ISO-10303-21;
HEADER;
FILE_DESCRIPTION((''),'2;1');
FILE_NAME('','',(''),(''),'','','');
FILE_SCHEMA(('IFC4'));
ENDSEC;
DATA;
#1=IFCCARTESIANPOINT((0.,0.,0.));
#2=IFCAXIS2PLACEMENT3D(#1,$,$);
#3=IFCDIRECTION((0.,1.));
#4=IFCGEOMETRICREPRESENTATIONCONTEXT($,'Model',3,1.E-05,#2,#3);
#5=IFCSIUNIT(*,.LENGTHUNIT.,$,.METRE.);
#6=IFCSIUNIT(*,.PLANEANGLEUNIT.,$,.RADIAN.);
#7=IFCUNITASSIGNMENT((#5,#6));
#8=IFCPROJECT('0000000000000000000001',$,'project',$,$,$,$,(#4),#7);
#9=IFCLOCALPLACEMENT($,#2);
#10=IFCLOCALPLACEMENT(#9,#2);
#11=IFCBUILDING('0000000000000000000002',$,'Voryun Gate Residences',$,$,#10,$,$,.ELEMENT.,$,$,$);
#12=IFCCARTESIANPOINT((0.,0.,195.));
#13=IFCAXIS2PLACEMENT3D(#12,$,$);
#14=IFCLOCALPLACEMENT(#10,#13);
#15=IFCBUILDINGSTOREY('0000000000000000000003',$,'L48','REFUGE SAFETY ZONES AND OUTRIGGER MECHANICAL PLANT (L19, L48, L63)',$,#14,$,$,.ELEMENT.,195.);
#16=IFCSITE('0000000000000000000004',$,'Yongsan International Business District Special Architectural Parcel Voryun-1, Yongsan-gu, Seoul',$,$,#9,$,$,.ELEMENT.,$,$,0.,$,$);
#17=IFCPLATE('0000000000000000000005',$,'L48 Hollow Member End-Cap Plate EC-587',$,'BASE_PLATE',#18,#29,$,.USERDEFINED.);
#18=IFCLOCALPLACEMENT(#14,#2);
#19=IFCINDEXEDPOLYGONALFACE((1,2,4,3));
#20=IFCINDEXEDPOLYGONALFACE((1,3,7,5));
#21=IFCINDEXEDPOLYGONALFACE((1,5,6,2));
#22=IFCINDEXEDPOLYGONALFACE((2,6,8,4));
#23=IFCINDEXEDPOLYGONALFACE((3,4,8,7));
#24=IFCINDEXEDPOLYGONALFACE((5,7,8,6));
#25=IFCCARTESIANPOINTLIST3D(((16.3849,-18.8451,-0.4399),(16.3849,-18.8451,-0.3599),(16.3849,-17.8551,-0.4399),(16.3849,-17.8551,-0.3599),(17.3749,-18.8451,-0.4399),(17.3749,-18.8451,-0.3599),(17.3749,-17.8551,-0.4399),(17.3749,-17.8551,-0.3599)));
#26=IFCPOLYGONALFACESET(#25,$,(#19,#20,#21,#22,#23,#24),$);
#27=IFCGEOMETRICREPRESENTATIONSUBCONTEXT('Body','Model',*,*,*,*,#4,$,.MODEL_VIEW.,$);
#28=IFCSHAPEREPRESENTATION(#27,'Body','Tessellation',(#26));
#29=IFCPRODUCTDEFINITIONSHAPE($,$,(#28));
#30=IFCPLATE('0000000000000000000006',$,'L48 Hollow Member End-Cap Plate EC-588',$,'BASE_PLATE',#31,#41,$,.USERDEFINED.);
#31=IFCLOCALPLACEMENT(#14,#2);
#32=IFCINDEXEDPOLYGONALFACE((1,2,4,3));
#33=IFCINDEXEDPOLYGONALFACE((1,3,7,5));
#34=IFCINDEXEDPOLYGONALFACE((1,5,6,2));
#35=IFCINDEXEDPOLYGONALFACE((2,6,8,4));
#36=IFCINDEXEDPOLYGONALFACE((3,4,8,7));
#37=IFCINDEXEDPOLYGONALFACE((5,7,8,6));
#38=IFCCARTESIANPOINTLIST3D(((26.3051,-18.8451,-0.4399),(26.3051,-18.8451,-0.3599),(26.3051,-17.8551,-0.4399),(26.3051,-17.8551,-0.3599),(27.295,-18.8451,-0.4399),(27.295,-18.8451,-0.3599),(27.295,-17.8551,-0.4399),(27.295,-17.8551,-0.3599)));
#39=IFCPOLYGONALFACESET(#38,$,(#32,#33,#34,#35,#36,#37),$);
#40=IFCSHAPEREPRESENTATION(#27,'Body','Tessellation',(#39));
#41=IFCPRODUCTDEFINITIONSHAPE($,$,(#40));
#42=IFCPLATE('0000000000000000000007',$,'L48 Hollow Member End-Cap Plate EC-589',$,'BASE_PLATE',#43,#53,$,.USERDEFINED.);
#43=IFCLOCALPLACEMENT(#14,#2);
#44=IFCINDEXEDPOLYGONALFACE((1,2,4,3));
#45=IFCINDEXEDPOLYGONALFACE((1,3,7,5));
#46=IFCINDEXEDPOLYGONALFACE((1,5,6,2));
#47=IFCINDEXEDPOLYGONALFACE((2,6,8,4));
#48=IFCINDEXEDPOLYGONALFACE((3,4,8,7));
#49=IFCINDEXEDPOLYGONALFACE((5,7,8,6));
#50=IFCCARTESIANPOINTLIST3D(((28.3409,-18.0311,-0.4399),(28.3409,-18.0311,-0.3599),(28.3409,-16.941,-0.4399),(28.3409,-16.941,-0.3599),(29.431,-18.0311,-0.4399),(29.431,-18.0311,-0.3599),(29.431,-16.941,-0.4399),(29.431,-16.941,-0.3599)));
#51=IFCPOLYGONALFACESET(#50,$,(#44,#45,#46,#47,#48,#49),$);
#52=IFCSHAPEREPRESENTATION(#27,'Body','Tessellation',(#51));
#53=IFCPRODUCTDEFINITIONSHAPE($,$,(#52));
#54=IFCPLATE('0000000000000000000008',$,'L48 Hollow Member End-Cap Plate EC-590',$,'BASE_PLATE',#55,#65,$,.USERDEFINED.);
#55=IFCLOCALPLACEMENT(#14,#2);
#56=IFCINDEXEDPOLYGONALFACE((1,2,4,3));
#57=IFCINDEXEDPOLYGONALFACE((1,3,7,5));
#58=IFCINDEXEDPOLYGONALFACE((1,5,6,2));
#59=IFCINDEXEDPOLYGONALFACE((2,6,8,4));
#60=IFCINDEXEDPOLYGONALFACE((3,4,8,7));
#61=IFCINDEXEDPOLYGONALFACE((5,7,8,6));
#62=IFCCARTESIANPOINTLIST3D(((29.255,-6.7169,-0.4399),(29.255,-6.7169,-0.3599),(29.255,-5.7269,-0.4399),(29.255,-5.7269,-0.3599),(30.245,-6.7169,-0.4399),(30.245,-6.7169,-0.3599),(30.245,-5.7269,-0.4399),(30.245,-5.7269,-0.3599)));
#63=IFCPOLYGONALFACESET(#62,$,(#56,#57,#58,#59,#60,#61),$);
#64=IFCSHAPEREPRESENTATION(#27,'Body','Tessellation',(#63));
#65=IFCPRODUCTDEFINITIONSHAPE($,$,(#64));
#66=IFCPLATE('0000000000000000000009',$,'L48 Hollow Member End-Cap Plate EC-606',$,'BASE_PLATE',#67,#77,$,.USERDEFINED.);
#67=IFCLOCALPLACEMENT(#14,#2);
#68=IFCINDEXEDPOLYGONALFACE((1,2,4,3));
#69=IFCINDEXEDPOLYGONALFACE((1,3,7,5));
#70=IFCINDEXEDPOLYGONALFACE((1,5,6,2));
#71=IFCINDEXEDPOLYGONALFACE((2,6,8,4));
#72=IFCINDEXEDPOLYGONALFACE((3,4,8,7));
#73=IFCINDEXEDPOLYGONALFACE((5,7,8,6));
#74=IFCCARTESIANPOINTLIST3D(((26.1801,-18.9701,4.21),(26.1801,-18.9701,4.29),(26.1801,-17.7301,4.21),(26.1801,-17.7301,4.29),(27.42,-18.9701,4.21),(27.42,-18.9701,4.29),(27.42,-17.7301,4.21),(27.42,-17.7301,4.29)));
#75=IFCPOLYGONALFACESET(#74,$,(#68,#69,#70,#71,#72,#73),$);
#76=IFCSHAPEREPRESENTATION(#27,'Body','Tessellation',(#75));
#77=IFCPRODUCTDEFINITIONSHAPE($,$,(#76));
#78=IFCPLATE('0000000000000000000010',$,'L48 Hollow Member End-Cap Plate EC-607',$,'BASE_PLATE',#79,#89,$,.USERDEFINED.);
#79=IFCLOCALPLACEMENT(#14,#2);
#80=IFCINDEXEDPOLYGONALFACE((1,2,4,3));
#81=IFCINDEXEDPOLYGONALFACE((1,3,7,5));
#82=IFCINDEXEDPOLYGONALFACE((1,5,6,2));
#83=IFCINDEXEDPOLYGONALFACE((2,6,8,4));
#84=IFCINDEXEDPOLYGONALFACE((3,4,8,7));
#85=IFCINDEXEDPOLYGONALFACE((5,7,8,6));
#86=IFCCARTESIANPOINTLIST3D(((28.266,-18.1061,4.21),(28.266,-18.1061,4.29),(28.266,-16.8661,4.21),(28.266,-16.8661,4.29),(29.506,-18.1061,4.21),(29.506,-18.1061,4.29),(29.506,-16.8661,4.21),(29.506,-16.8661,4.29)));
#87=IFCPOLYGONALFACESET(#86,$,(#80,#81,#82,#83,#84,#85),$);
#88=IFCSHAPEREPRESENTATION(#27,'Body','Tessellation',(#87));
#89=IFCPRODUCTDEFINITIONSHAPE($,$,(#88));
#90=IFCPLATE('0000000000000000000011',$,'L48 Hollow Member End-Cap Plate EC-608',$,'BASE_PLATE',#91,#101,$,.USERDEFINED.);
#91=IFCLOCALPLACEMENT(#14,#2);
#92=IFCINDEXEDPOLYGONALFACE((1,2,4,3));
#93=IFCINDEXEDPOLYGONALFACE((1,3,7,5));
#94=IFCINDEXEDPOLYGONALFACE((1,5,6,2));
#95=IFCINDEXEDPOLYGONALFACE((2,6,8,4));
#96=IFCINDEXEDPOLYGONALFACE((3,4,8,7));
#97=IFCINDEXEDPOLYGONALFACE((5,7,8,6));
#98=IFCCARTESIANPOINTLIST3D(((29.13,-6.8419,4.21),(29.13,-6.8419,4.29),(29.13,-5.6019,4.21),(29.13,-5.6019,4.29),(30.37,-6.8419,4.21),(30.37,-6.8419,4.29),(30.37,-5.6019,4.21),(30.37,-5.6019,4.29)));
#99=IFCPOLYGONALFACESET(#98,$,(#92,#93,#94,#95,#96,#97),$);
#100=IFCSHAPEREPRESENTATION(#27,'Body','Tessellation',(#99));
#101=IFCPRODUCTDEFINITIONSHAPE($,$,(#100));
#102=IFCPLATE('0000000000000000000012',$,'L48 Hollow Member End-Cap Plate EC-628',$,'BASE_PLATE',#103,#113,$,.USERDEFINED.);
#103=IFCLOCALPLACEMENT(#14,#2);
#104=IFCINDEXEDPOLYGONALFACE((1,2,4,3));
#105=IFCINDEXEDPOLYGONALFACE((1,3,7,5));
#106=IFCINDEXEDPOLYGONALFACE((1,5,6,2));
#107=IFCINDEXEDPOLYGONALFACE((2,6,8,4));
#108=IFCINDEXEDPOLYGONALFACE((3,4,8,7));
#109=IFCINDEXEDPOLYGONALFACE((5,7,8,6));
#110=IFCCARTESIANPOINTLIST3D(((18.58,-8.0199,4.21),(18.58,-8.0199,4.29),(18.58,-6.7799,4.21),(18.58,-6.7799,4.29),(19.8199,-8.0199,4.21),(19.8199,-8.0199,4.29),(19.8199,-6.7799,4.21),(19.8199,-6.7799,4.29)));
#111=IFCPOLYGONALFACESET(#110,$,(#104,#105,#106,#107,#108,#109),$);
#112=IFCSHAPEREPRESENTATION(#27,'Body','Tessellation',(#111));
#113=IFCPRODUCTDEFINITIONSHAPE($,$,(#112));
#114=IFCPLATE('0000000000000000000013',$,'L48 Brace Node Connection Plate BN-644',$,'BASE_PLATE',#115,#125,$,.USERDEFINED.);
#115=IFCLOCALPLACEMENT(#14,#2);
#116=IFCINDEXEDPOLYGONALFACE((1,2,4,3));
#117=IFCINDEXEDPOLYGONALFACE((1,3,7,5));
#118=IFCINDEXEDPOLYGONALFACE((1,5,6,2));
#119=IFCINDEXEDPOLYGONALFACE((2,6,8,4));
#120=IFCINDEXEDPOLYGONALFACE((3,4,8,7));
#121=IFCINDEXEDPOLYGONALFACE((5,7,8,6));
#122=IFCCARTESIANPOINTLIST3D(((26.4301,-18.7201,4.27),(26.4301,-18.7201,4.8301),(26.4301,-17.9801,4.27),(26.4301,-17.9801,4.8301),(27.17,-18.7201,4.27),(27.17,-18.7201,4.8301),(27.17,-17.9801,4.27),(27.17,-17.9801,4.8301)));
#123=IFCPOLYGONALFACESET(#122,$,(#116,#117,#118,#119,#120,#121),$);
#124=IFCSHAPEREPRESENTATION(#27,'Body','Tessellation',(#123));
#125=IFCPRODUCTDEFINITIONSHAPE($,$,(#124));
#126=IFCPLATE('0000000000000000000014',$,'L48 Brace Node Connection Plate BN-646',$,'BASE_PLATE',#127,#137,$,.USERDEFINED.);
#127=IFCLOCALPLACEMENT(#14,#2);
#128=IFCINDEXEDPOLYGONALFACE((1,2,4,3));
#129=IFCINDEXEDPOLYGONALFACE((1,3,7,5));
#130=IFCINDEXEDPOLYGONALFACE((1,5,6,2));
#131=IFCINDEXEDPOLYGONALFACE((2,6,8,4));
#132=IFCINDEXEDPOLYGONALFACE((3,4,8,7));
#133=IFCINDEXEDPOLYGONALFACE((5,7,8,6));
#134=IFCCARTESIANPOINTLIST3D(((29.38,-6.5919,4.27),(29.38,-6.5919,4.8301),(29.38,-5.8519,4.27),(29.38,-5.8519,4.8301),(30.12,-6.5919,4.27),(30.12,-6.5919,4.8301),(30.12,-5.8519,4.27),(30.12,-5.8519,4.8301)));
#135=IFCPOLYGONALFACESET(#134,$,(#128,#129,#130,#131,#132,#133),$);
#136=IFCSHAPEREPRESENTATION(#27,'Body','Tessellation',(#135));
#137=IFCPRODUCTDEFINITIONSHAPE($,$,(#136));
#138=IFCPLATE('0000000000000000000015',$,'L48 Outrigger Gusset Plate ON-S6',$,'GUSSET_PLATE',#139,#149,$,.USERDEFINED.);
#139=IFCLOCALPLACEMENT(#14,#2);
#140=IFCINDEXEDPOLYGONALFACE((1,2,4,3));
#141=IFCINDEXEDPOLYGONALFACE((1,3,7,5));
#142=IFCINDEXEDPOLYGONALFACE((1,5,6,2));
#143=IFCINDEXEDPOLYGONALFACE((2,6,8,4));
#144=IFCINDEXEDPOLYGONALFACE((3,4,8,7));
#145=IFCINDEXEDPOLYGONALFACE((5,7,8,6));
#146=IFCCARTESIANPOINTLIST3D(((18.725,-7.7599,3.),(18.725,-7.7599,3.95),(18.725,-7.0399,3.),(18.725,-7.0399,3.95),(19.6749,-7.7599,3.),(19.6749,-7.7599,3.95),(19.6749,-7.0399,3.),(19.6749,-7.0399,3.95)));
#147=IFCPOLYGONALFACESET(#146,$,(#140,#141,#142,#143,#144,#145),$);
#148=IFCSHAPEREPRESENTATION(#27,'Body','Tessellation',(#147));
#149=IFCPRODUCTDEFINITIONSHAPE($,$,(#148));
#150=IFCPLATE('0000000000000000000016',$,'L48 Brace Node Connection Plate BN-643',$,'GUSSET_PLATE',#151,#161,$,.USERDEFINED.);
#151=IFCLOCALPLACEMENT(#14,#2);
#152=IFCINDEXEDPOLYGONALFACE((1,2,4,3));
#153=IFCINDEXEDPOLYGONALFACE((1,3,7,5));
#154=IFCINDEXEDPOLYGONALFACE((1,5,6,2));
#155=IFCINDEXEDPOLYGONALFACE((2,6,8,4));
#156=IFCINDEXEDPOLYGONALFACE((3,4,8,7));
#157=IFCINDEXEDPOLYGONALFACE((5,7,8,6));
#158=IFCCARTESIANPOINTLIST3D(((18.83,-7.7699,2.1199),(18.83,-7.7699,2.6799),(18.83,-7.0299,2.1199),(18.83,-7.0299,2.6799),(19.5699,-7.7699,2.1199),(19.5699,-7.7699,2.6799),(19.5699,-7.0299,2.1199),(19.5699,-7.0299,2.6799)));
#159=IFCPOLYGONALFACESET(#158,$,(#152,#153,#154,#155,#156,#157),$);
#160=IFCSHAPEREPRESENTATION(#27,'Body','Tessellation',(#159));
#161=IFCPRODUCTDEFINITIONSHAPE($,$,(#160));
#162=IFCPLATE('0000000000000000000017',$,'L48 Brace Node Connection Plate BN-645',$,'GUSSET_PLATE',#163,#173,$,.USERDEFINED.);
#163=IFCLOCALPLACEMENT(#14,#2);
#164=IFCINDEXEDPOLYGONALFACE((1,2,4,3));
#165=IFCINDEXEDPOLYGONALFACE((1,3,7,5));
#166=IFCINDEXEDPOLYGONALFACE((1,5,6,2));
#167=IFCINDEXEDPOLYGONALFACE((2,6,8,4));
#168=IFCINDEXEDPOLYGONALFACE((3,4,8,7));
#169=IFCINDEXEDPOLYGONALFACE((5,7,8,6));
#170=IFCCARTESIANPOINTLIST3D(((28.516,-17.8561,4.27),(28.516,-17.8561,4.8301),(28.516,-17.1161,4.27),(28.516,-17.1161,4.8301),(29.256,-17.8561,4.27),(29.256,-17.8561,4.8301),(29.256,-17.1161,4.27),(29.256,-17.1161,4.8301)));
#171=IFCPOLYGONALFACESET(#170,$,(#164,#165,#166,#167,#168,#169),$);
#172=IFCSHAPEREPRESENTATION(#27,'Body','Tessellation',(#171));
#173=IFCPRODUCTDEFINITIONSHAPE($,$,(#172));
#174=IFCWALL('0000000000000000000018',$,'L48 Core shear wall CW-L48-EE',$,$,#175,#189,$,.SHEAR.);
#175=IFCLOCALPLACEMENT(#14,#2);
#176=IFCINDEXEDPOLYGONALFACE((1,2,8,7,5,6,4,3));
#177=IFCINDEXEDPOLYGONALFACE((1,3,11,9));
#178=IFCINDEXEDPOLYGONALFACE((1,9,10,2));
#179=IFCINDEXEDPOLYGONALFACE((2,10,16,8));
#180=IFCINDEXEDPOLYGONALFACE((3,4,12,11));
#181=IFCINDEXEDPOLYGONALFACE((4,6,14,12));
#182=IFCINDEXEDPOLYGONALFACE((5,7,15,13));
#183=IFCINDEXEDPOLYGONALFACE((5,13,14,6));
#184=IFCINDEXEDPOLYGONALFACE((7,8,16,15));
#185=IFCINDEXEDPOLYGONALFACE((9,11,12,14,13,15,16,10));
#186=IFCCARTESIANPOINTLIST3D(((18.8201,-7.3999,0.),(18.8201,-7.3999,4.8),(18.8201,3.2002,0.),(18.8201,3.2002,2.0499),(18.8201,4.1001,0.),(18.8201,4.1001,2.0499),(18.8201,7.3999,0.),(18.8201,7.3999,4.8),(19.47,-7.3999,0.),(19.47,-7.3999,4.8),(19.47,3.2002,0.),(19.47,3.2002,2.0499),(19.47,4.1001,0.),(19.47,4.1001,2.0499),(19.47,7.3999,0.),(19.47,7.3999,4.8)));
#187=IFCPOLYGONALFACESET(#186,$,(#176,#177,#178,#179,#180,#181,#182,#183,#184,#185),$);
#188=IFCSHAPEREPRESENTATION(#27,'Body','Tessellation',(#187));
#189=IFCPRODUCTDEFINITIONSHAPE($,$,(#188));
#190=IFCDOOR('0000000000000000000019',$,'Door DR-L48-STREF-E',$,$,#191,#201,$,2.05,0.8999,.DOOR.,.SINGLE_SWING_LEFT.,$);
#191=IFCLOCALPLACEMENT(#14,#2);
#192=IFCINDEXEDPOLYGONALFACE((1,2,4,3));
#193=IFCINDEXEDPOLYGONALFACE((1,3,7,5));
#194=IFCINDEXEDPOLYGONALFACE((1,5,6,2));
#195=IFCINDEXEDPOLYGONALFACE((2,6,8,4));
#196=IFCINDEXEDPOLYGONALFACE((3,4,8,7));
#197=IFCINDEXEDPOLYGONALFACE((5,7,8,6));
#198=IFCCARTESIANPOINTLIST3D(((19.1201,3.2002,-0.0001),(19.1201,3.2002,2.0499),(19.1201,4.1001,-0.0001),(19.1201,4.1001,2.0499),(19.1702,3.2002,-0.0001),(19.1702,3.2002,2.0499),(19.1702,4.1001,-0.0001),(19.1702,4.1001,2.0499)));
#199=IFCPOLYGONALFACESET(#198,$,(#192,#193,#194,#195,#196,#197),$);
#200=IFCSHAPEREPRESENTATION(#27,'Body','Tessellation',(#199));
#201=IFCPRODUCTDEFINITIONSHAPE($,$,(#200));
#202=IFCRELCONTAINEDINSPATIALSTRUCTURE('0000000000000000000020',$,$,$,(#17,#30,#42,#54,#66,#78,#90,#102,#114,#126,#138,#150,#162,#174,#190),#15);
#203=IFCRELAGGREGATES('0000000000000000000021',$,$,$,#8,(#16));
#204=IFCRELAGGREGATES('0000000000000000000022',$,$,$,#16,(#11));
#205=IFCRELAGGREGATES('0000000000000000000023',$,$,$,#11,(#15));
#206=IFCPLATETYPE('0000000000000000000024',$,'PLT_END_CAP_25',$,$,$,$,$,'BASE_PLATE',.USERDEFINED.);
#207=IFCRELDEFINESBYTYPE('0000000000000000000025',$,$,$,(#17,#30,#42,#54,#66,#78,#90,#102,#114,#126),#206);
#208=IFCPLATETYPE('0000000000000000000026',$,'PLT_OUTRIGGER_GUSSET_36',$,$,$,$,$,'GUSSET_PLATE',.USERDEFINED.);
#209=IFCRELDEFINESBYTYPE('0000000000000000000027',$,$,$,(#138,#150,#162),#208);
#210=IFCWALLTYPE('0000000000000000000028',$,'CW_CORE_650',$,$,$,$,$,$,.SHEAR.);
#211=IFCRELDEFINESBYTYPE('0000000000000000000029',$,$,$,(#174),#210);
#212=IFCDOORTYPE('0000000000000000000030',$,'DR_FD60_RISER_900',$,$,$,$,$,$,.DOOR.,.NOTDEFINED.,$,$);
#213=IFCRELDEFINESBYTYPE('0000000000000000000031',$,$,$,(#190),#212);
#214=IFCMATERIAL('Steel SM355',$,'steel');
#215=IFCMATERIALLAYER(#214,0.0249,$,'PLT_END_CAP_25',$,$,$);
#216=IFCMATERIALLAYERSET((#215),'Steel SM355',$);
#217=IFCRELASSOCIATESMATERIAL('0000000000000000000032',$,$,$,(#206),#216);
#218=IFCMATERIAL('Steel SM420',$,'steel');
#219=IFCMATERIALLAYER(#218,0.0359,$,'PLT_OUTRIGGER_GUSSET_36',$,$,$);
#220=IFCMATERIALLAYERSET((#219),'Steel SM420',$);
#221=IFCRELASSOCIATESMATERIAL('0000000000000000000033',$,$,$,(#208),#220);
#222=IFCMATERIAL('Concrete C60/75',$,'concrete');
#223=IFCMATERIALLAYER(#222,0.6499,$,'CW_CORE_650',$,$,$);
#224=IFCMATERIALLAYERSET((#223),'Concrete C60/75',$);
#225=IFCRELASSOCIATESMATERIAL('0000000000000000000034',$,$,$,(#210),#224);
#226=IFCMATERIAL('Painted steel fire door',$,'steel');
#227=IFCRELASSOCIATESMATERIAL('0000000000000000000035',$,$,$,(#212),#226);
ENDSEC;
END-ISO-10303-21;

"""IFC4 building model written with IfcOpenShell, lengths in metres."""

from ifc_helpers import new_model, si_unit, direction, frame, frame_2d, origin, origin_2d, place, context, subcontext, project, spatial, rectangle, extrude, material, layer, layer_set, type_object, element, fill, save


model = new_model("IFC4")

# Units and contexts
model_context = context("Model", 3, precision=1e-05, world=origin(), true_north=direction((0.0, 1.0)))
body_context = subcontext(model_context, "Body", "Model", "MODEL_VIEW")
ifc_project = project(units=[si_unit("LENGTHUNIT", "METRE"), si_unit("PLANEANGLEUNIT", "RADIAN")], contexts=[model_context])

# Site, building, storey
site_placement = place(None, origin())
site = spatial("IfcSite", under=ifc_project, at=site_placement, Name="Yongsan International Business District Special Architectural Parcel Voryun-1, Yongsan-gu, Seoul", CompositionType="ELEMENT", RefElevation=0.0)
building_placement = place(site_placement, origin())
building = spatial("IfcBuilding", under=site, at=building_placement, Name="Voryun Gate Residences", CompositionType="ELEMENT")
storey_placement = place(building_placement, frame((0.0, 0.0, 195.0)))
storey = spatial("IfcBuildingStorey", under=building, at=storey_placement, Name="L48", Description="REFUGE SAFETY ZONES AND OUTRIGGER MECHANICAL PLANT (L19, L48, L63)", CompositionType="ELEMENT", Elevation=195.0)

# Plates
ifc_material_1 = material(Name="Steel SM355", Category="steel")
ifc_layer_1 = layer(ifc_material_1, 0.0249, Name="PLT_END_CAP_25")
ifc_layer_set_1 = layer_set([ifc_layer_1], Name="Steel SM355")
plate_type_1 = type_object("IfcPlateType", Name="PLT_END_CAP_25", ElementType="BASE_PLATE", PredefinedType="USERDEFINED", material=ifc_layer_set_1)
for number, where, z_axis, x_axis, name in (
    (1, (16.8799, -18.3501, -0.4399), (0.0, 0.0, 1.0), (1.0, 0.0, 0.0), "L48 Hollow Member End-Cap Plate EC-587"),
    (2, (26.8, -18.3501, -0.4399), (0.0, 0.0, 1.0), (1.0, 0.0, 0.0), "L48 Hollow Member End-Cap Plate EC-588"),
):
    element("IfcPlate", number, at=place(storey_placement, frame(where, z_axis=z_axis, x_axis=x_axis)), inside=storey, type_object=plate_type_1, Name=name, ObjectType="BASE_PLATE", PredefinedType="USERDEFINED", context=body_context, shape_type="SweptSolid", body=[
        extrude(rectangle(XDim=0.99, YDim=0.99, at=origin_2d()), origin(), (0.0, 0.0, 1.0), 0.0801),
    ])
plate_1_placement = place(storey_placement, frame((28.886, -17.4861, -0.4399), z_axis=(0.0, 0.0, 1.0), x_axis=(1.0, 0.0, 0.0)))
element("IfcPlate", 3, at=plate_1_placement, inside=storey, type_object=plate_type_1, Name="L48 Hollow Member End-Cap Plate EC-589", ObjectType="BASE_PLATE", PredefinedType="USERDEFINED", context=body_context, shape_type="SweptSolid", body=[
    extrude(rectangle(XDim=1.0901, YDim=1.0901, at=origin_2d()), origin(), (0.0, 0.0, 1.0), 0.0801),
])
plate_2_placement = place(storey_placement, frame((29.75, -6.2219, -0.4399), z_axis=(0.0, 0.0, 1.0), x_axis=(1.0, 0.0, 0.0)))
element("IfcPlate", 4, at=plate_2_placement, inside=storey, type_object=plate_type_1, Name="L48 Hollow Member End-Cap Plate EC-590", ObjectType="BASE_PLATE", PredefinedType="USERDEFINED", context=body_context, shape_type="SweptSolid", body=[
    extrude(rectangle(XDim=0.99, YDim=0.99, at=origin_2d()), origin(), (0.0, 0.0, 1.0), 0.0801),
])
for number, where, z_axis, x_axis, name in (
    (5, (26.8, -18.3501, 4.21), (0.0, 0.0, 1.0), (1.0, 0.0, 0.0), "L48 Hollow Member End-Cap Plate EC-606"),
    (6, (28.886, -17.4861, 4.21), (0.0, 0.0, 1.0), (1.0, 0.0, 0.0), "L48 Hollow Member End-Cap Plate EC-607"),
    (7, (29.75, -6.2219, 4.21), (0.0, 0.0, 1.0), (1.0, 0.0, 0.0), "L48 Hollow Member End-Cap Plate EC-608"),
    (8, (19.2, -7.3999, 4.21), (0.0, 0.0, 1.0), (1.0, 0.0, 0.0), "L48 Hollow Member End-Cap Plate EC-628"),
):
    element("IfcPlate", number, at=place(storey_placement, frame(where, z_axis=z_axis, x_axis=x_axis)), inside=storey, type_object=plate_type_1, Name=name, ObjectType="BASE_PLATE", PredefinedType="USERDEFINED", context=body_context, shape_type="SweptSolid", body=[
        extrude(rectangle(XDim=1.24, YDim=1.24, at=origin_2d()), origin(), (0.0, 0.0, 1.0), 0.0801),
    ])
for number, where, z_axis, x_axis, name in (
    (9, (26.8, -18.3501, 4.27), (0.0, 0.0, 1.0), (1.0, 0.0, 0.0), "L48 Brace Node Connection Plate BN-644"),
    (10, (29.75, -6.2219, 4.27), (0.0, 0.0, 1.0), (1.0, 0.0, 0.0), "L48 Brace Node Connection Plate BN-646"),
):
    element("IfcPlate", number, at=place(storey_placement, frame(where, z_axis=z_axis, x_axis=x_axis)), inside=storey, type_object=plate_type_1, Name=name, ObjectType="BASE_PLATE", PredefinedType="USERDEFINED", context=body_context, shape_type="SweptSolid", body=[
        extrude(rectangle(XDim=0.74, YDim=0.74, at=origin_2d()), origin(), (0.0, 0.0, 1.0), 0.5601),
    ])
ifc_material_2 = material(Name="Steel SM420", Category="steel")
ifc_layer_2 = layer(ifc_material_2, 0.0359, Name="PLT_OUTRIGGER_GUSSET_36")
ifc_layer_set_2 = layer_set([ifc_layer_2], Name="Steel SM420")
plate_type_2 = type_object("IfcPlateType", Name="PLT_OUTRIGGER_GUSSET_36", ElementType="GUSSET_PLATE", PredefinedType="USERDEFINED", material=ifc_layer_set_2)
plate_3_placement = place(storey_placement, frame((19.2, -7.3999, 3.0), z_axis=(0.0, 0.0, 1.0), x_axis=(1.0, 0.0, 0.0)))
element("IfcPlate", 11, at=plate_3_placement, inside=storey, type_object=plate_type_2, Name="L48 Outrigger Gusset Plate ON-S6", ObjectType="GUSSET_PLATE", PredefinedType="USERDEFINED", context=body_context, shape_type="SweptSolid", body=[
    extrude(rectangle(XDim=0.95, YDim=0.72, at=origin_2d()), origin(), (0.0, 0.0, 1.0), 0.95),
])
for number, where, z_axis, x_axis, name in (
    (12, (19.2, -7.3999, 2.1199), (0.0, 0.0, 1.0), (1.0, 0.0, 0.0), "L48 Brace Node Connection Plate BN-643"),
    (13, (28.886, -17.4861, 4.27), (0.0, 0.0, 1.0), (1.0, 0.0, 0.0), "L48 Brace Node Connection Plate BN-645"),
):
    element("IfcPlate", number, at=place(storey_placement, frame(where, z_axis=z_axis, x_axis=x_axis)), inside=storey, type_object=plate_type_2, Name=name, ObjectType="GUSSET_PLATE", PredefinedType="USERDEFINED", context=body_context, shape_type="SweptSolid", body=[
        extrude(rectangle(XDim=0.74, YDim=0.74, at=origin_2d()), origin(), (0.0, 0.0, 1.0), 0.5601),
    ])

# Wall, opening, door
ifc_material_3 = material(Name="Concrete C60/75", Category="concrete")
ifc_layer_3 = layer(ifc_material_3, 0.6499, Name="CW_CORE_650")
ifc_layer_set_3 = layer_set([ifc_layer_3], Name="Concrete C60/75")
wall_type_1 = type_object("IfcWallType", Name="CW_CORE_650", PredefinedType="SHEAR", material=ifc_layer_set_3)
wall_1_placement = place(storey_placement, frame((19.145, -7.3999, 0.0), z_axis=(0.0, 0.0, 1.0), x_axis=(0.0, 1.0, 0.0)))
wall_1 = element("IfcWall", 14, at=wall_1_placement, inside=storey, type_object=wall_type_1, Name="L48 Core shear wall CW-L48-EE", PredefinedType="SHEAR", context=body_context, shape_type="SweptSolid", body=[
    extrude(rectangle(XDim=14.7998, YDim=0.6499, at=frame_2d((7.3999, 0.0))), origin(), (0.0, 0.0, 1.0), 4.8),
])
opening_placement = place(wall_1_placement, frame((10.6001, 0.0, 0.0)))
opening = element("IfcOpeningElement", 15, at=opening_placement, cuts=wall_1, PredefinedType="OPENING", context=body_context, shape_type="SweptSolid", body=[
    extrude(rectangle(XDim=0.8999, YDim=2.05, at=frame_2d((0.45, 1.0249))), frame((0.0, 0.335, 0.0), z_axis=(0.0, -1.0, 0.0), x_axis=(1.0, 0.0, 0.0)), (0.0, 0.0, 1.0), 0.6699),
])
ifc_material_4 = material(Name="Painted steel fire door", Category="steel")
door_type = type_object("IfcDoorType", Name="DR_FD60_RISER_900", OperationType="NOTDEFINED", PredefinedType="DOOR", material=ifc_material_4)
door_placement = place(opening_placement, origin())
door = element("IfcDoor", 16, at=door_placement, inside=storey, type_object=door_type, Name="Door DR-L48-STREF-E", OperationType="SINGLE_SWING_LEFT", OverallHeight=2.05, OverallWidth=0.8999, PredefinedType="DOOR", context=body_context, shape_type="SweptSolid", body=[
    extrude(rectangle(XDim=0.8999, YDim=2.05, at=frame_2d((0.45, 1.0249))), frame((0.0, 0.0249, 0.0), z_axis=(0.0, -1.0, 0.0), x_axis=(1.0, 0.0, 0.0)), (0.0, 0.0, 1.0), 0.05),
])
fill(opening, door)

save(model, "model.ifc")
